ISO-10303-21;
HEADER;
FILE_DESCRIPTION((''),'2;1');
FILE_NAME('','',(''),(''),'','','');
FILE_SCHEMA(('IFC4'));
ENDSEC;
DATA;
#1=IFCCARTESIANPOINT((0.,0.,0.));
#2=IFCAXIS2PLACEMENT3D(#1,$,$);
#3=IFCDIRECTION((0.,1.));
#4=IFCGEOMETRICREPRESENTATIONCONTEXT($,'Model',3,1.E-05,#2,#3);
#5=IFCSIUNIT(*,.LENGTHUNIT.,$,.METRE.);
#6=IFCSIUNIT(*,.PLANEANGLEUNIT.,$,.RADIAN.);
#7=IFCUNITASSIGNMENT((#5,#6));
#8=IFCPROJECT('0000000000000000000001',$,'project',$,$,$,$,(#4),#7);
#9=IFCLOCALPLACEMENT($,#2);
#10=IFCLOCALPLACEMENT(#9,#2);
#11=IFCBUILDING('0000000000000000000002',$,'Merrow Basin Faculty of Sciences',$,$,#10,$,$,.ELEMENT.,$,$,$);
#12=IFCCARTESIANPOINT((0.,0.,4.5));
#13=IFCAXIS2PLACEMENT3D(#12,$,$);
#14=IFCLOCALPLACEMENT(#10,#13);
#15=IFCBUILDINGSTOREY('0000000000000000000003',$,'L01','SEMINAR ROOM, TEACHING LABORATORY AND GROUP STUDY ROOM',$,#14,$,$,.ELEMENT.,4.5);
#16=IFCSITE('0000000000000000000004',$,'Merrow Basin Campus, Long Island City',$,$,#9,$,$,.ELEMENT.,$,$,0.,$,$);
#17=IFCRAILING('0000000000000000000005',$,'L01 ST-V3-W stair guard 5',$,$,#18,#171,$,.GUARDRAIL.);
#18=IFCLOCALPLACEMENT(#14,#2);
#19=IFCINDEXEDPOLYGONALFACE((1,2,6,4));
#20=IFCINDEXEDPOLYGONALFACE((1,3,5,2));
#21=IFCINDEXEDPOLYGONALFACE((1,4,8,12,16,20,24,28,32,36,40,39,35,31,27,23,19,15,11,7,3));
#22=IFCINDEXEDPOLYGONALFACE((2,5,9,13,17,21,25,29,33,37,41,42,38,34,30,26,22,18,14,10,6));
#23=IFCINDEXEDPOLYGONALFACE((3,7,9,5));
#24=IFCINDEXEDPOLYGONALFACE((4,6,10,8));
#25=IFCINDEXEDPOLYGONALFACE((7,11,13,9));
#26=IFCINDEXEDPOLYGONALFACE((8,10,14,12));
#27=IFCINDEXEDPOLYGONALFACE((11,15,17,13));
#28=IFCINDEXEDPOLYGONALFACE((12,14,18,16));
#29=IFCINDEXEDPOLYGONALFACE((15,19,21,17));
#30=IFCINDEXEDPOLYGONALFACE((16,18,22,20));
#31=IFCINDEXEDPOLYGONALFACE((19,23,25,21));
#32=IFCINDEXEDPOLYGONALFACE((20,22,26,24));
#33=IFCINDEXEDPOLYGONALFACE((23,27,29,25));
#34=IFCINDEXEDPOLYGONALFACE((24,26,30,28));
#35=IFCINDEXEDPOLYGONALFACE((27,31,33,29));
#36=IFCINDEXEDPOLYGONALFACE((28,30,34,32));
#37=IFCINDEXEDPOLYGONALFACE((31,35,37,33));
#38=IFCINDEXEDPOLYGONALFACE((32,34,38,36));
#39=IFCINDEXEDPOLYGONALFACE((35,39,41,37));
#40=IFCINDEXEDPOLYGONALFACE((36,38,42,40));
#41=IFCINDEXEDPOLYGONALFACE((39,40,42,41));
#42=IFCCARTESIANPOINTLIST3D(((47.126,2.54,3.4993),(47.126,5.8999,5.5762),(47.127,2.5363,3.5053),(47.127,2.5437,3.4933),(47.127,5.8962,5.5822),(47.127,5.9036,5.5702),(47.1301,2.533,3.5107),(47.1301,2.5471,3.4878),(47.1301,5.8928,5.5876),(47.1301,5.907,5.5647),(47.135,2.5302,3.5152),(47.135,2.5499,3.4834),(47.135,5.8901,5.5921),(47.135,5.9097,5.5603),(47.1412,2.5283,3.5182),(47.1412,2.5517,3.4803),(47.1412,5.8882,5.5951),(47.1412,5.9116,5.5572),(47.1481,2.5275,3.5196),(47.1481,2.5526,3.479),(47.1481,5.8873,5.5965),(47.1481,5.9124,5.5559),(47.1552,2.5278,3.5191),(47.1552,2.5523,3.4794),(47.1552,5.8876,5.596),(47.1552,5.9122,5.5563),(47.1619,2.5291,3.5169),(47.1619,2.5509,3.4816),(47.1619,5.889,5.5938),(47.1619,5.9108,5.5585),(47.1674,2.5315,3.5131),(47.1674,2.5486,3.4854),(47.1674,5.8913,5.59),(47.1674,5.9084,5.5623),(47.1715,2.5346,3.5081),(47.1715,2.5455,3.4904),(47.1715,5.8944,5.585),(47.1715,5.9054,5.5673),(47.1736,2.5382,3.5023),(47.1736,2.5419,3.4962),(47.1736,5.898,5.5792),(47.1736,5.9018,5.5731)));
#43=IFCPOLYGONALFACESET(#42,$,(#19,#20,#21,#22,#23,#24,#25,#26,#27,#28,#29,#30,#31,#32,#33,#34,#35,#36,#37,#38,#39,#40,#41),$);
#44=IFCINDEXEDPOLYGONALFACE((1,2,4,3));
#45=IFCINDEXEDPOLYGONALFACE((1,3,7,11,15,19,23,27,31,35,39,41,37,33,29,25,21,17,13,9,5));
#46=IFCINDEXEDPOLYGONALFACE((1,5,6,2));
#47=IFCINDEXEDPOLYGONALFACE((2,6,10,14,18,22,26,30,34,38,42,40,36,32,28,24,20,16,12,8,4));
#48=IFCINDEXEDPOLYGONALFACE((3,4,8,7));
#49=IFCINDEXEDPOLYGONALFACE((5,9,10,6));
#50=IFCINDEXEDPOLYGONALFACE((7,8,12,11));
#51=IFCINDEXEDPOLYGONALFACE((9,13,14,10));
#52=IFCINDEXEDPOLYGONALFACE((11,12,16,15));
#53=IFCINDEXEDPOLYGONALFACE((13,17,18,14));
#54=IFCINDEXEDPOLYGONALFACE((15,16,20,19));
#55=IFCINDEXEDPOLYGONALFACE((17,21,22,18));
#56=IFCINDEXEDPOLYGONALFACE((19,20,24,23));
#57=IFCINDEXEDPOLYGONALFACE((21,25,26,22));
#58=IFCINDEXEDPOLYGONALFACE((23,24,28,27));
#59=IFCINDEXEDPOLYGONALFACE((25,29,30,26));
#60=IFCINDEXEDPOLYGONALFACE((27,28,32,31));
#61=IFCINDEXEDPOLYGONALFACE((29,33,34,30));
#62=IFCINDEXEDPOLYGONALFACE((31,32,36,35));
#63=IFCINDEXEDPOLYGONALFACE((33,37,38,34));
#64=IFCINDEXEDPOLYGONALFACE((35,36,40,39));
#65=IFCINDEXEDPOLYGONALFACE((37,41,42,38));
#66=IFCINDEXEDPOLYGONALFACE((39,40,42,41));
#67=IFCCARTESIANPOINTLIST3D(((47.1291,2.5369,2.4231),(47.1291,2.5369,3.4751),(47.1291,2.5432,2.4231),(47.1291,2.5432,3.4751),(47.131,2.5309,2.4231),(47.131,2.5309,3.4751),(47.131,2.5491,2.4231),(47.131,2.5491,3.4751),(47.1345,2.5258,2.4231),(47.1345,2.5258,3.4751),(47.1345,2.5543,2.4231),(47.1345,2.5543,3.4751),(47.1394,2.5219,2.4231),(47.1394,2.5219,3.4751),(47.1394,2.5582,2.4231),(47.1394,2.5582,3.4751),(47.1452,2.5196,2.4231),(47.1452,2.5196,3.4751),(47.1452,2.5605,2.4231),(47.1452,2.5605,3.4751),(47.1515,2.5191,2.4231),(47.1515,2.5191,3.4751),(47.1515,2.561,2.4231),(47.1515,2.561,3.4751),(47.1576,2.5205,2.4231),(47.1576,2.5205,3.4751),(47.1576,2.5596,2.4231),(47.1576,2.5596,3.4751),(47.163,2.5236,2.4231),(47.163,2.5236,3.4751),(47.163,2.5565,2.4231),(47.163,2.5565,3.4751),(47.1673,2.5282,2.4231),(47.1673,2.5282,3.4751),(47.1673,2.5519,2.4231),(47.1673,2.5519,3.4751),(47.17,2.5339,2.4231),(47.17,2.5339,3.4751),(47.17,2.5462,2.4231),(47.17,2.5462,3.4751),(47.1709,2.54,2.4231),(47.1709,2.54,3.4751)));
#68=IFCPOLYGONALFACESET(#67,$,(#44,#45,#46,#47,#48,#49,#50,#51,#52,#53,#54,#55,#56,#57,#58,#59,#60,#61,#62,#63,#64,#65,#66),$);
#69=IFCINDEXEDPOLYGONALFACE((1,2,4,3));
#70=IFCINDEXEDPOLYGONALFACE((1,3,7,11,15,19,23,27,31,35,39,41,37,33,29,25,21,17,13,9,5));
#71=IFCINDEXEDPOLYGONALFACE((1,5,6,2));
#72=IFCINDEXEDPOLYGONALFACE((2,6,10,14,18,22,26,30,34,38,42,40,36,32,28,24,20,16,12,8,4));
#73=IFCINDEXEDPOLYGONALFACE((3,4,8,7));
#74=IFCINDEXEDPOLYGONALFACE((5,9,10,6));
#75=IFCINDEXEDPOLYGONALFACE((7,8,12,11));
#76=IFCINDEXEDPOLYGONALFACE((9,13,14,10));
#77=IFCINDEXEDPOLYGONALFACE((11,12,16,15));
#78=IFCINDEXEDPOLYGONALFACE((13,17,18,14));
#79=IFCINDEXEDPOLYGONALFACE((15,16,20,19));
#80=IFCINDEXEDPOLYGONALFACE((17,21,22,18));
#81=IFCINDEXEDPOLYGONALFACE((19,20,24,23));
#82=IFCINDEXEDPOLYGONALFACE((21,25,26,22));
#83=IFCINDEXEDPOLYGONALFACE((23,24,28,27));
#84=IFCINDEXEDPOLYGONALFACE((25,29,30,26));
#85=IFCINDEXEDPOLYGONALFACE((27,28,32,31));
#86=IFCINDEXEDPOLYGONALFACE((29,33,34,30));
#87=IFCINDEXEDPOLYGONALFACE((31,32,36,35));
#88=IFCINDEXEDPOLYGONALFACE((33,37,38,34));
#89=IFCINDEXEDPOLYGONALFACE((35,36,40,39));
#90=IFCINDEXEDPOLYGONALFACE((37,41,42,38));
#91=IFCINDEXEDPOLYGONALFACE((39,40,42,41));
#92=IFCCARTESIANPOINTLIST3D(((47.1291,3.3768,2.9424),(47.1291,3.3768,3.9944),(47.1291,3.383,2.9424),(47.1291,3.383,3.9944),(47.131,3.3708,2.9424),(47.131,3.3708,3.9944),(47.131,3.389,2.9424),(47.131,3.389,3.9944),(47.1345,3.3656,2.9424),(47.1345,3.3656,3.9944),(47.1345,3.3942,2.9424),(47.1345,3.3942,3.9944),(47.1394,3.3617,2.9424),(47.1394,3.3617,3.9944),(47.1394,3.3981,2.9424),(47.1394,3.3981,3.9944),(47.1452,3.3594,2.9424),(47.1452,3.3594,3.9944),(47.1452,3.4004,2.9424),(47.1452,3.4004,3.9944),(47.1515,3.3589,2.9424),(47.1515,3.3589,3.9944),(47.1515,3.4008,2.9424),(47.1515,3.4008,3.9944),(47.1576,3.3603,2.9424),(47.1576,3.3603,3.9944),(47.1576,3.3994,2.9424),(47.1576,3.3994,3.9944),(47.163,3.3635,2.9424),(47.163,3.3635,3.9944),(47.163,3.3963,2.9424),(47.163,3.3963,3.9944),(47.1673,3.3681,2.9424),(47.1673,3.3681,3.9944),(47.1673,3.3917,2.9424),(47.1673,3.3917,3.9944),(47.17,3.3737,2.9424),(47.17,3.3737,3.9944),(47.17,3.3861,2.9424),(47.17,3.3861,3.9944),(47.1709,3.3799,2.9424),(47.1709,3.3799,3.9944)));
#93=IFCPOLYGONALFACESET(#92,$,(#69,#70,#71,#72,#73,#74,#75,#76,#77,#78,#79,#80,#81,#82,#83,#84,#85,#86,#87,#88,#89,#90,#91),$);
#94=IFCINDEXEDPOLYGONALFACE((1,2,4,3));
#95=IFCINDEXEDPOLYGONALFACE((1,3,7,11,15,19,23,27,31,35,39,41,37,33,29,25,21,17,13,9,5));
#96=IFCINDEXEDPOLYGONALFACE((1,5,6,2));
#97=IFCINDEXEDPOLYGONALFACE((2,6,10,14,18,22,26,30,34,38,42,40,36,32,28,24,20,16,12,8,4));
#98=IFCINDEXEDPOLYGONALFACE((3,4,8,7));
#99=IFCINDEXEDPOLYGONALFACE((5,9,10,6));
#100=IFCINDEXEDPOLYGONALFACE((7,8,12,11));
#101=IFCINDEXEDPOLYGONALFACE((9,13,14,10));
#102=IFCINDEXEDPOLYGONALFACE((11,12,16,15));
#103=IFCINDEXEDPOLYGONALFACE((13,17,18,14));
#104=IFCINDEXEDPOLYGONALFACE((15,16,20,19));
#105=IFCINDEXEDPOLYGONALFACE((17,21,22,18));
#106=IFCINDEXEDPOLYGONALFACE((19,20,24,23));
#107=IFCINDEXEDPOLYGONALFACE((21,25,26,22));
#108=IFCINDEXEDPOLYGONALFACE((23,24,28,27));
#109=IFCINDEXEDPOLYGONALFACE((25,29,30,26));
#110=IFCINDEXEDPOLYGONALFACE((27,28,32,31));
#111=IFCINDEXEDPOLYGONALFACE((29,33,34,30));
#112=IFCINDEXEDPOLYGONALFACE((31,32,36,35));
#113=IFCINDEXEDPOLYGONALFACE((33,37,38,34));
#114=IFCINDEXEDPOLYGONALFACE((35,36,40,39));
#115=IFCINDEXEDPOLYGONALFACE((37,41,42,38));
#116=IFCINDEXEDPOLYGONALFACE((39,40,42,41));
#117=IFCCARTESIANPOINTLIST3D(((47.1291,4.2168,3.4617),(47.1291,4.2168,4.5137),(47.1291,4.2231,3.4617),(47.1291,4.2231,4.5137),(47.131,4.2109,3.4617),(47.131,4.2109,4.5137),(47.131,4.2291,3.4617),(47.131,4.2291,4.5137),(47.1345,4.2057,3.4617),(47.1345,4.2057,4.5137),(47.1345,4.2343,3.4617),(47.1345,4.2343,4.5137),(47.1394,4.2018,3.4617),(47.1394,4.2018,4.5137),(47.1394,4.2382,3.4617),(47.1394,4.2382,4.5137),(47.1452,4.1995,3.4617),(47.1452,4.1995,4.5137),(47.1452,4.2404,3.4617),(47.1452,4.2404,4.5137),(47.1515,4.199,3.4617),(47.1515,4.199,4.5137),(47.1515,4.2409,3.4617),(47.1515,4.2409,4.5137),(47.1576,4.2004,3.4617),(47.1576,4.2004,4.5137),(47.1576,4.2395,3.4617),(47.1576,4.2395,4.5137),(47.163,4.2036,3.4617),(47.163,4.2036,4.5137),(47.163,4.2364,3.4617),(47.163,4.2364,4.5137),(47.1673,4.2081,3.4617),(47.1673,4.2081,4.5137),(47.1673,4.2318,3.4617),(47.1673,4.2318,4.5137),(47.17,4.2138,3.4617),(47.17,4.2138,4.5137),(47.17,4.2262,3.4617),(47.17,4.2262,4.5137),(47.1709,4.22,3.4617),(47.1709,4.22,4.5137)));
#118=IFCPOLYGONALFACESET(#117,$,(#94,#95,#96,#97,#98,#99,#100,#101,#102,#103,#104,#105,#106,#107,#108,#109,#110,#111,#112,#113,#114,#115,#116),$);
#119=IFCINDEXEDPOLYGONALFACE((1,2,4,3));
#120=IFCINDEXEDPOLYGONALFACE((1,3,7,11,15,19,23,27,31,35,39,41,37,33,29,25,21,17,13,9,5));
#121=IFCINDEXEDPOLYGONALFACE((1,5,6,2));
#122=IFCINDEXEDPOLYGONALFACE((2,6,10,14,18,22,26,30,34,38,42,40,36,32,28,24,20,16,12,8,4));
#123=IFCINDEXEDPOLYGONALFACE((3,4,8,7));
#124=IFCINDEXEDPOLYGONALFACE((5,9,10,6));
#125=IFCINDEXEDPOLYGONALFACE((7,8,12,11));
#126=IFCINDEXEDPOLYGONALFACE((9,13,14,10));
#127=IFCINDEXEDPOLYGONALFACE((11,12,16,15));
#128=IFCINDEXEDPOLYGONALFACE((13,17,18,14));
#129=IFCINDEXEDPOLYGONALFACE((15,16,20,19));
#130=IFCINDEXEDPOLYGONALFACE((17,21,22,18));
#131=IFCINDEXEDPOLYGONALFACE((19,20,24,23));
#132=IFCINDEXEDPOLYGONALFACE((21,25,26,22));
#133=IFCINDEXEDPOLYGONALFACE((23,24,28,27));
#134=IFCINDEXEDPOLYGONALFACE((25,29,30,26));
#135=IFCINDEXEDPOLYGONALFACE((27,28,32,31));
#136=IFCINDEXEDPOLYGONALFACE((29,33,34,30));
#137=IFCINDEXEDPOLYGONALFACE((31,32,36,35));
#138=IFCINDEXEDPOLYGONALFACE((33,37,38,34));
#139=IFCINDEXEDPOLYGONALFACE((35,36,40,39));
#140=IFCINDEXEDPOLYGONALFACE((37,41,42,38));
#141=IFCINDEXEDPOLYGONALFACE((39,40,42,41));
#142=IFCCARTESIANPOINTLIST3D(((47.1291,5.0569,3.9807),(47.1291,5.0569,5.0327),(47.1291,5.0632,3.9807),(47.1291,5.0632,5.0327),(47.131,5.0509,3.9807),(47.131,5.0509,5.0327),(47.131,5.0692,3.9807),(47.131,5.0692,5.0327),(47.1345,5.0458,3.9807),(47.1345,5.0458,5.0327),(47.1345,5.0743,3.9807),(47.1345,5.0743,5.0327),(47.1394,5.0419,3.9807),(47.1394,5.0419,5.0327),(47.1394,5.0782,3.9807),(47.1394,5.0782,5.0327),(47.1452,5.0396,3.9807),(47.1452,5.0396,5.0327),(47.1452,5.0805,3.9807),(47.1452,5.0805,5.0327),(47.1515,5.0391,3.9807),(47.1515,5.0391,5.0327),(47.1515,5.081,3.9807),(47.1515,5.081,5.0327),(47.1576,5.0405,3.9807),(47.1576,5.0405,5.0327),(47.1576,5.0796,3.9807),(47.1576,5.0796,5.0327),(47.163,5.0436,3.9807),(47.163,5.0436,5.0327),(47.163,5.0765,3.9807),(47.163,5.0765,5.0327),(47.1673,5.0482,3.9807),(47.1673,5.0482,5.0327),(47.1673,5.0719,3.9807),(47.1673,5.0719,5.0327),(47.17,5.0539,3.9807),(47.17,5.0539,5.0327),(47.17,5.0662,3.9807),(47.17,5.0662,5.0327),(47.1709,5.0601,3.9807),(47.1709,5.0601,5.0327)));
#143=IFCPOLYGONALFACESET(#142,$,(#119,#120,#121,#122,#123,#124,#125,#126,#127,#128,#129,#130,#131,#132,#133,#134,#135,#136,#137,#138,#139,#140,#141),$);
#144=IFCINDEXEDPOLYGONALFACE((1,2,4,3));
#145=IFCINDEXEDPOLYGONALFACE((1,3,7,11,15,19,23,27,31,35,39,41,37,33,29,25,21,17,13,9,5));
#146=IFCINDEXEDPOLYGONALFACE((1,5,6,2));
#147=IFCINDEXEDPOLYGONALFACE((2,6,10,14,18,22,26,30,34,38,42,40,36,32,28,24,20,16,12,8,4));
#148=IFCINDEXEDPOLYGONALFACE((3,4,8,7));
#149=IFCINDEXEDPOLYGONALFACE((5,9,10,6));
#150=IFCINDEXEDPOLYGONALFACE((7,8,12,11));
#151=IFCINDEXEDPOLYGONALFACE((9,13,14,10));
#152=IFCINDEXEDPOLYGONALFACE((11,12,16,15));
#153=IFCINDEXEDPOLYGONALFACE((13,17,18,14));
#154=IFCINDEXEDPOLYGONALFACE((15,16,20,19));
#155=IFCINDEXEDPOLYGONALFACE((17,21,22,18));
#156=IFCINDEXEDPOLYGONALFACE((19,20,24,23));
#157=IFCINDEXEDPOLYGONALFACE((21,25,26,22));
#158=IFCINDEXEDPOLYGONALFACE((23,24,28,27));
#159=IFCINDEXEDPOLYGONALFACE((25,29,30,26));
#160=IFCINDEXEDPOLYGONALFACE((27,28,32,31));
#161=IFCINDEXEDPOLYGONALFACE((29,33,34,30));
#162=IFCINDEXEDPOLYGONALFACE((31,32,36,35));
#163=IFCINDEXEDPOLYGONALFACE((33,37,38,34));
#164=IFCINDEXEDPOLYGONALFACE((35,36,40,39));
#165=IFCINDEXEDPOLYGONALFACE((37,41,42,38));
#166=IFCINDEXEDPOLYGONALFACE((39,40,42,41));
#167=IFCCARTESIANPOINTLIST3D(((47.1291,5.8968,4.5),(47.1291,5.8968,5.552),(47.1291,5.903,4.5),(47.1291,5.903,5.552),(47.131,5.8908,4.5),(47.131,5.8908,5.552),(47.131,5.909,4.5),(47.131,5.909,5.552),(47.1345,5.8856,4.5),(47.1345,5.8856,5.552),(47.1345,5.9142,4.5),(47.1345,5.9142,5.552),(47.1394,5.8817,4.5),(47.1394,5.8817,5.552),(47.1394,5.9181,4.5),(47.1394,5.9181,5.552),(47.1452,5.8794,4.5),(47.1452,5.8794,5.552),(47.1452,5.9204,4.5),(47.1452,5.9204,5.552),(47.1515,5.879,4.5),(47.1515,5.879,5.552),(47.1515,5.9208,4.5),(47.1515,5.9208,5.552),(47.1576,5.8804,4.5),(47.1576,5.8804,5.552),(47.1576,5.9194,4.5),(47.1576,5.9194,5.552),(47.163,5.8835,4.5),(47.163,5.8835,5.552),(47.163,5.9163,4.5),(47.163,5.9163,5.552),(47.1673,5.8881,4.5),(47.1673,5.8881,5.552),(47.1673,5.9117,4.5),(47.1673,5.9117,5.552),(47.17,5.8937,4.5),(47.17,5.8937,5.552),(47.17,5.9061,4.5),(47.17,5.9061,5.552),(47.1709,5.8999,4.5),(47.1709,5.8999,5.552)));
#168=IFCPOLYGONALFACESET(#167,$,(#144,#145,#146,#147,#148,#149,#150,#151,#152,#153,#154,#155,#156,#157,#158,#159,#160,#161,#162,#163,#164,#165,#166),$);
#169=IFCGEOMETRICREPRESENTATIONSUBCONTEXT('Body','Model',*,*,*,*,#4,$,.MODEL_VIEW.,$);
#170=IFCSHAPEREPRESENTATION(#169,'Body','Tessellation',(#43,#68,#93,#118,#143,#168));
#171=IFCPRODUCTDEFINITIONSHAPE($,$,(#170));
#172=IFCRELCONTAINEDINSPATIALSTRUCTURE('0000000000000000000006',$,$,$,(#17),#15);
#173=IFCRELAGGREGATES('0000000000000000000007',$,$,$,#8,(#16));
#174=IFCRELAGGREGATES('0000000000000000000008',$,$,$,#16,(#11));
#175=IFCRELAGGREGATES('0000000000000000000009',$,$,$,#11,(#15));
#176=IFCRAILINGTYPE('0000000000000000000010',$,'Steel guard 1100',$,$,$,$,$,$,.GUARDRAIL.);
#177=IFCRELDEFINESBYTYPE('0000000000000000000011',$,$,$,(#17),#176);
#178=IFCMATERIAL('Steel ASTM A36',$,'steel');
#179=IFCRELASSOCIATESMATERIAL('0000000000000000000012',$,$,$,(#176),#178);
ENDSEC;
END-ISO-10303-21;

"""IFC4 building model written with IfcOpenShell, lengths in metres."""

from ifc_helpers import new_model, si_unit, direction, frame, origin, origin_2d, place, context, subcontext, project, spatial, circle, extrude, material, type_object, element, save


model = new_model("IFC4")

# Units and contexts
model_context = context("Model", 3, precision=1e-05, world=origin(), true_north=direction((0.0, 1.0)))
body_context = subcontext(model_context, "Body", "Model", "MODEL_VIEW")
ifc_project = project(units=[si_unit("LENGTHUNIT", "METRE"), si_unit("PLANEANGLEUNIT", "RADIAN")], contexts=[model_context])

# Site, building, storey
site_placement = place(None, origin())
site = spatial("IfcSite", under=ifc_project, at=site_placement, Name="Merrow Basin Campus, Long Island City", CompositionType="ELEMENT", RefElevation=0.0)
building_placement = place(site_placement, origin())
building = spatial("IfcBuilding", under=site, at=building_placement, Name="Merrow Basin Faculty of Sciences", CompositionType="ELEMENT")
storey_placement = place(building_placement, frame((0.0, 0.0, 4.5)))
storey = spatial("IfcBuildingStorey", under=building, at=storey_placement, Name="L01", Description="SEMINAR ROOM, TEACHING LABORATORY AND GROUP STUDY ROOM", CompositionType="ELEMENT", Elevation=4.5)

# Railing
ifc_material_1 = material(Name="Steel ASTM A36", Category="steel")
railing_type_1 = type_object("IfcRailingType", Name="Steel guard 1100", PredefinedType="GUARDRAIL", material=ifc_material_1)
railing_1_placement = place(storey_placement, frame((47.1499, 2.54, 2.4231)))
element("IfcRailing", 1, at=railing_1_placement, inside=storey, type_object=railing_type_1, Name="L01 ST-V3-W stair guard 5", PredefinedType="GUARDRAIL", context=body_context, shape_type="SweptSolid", body=[
    extrude(circle(Radius=0.0239, at=origin_2d()), frame((0.0, 0.0, 1.0762), z_axis=(0.0, 0.850606, 0.525803), x_axis=(-1.0, 0.0, 0.0)), (0.0, 0.0, 1.0), 3.95),
    extrude(circle(Radius=0.021, at=origin_2d()), origin(), (0.0, 0.0, 1.0), 1.052),
    extrude(circle(Radius=0.021, at=origin_2d()), frame((0.0, 0.8398, 0.5193)), (0.0, 0.0, 1.0), 1.052),
    extrude(circle(Radius=0.021, at=origin_2d()), frame((0.0, 1.6799, 1.0386)), (0.0, 0.0, 1.0), 1.052),
    extrude(circle(Radius=0.021, at=origin_2d()), frame((0.0, 2.52, 1.5576)), (0.0, 0.0, 1.0), 1.052),
    extrude(circle(Radius=0.021, at=origin_2d()), frame((0.0, 3.3599, 2.0769)), (0.0, 0.0, 1.0), 1.052),
])

save(model, "model.ifc")
